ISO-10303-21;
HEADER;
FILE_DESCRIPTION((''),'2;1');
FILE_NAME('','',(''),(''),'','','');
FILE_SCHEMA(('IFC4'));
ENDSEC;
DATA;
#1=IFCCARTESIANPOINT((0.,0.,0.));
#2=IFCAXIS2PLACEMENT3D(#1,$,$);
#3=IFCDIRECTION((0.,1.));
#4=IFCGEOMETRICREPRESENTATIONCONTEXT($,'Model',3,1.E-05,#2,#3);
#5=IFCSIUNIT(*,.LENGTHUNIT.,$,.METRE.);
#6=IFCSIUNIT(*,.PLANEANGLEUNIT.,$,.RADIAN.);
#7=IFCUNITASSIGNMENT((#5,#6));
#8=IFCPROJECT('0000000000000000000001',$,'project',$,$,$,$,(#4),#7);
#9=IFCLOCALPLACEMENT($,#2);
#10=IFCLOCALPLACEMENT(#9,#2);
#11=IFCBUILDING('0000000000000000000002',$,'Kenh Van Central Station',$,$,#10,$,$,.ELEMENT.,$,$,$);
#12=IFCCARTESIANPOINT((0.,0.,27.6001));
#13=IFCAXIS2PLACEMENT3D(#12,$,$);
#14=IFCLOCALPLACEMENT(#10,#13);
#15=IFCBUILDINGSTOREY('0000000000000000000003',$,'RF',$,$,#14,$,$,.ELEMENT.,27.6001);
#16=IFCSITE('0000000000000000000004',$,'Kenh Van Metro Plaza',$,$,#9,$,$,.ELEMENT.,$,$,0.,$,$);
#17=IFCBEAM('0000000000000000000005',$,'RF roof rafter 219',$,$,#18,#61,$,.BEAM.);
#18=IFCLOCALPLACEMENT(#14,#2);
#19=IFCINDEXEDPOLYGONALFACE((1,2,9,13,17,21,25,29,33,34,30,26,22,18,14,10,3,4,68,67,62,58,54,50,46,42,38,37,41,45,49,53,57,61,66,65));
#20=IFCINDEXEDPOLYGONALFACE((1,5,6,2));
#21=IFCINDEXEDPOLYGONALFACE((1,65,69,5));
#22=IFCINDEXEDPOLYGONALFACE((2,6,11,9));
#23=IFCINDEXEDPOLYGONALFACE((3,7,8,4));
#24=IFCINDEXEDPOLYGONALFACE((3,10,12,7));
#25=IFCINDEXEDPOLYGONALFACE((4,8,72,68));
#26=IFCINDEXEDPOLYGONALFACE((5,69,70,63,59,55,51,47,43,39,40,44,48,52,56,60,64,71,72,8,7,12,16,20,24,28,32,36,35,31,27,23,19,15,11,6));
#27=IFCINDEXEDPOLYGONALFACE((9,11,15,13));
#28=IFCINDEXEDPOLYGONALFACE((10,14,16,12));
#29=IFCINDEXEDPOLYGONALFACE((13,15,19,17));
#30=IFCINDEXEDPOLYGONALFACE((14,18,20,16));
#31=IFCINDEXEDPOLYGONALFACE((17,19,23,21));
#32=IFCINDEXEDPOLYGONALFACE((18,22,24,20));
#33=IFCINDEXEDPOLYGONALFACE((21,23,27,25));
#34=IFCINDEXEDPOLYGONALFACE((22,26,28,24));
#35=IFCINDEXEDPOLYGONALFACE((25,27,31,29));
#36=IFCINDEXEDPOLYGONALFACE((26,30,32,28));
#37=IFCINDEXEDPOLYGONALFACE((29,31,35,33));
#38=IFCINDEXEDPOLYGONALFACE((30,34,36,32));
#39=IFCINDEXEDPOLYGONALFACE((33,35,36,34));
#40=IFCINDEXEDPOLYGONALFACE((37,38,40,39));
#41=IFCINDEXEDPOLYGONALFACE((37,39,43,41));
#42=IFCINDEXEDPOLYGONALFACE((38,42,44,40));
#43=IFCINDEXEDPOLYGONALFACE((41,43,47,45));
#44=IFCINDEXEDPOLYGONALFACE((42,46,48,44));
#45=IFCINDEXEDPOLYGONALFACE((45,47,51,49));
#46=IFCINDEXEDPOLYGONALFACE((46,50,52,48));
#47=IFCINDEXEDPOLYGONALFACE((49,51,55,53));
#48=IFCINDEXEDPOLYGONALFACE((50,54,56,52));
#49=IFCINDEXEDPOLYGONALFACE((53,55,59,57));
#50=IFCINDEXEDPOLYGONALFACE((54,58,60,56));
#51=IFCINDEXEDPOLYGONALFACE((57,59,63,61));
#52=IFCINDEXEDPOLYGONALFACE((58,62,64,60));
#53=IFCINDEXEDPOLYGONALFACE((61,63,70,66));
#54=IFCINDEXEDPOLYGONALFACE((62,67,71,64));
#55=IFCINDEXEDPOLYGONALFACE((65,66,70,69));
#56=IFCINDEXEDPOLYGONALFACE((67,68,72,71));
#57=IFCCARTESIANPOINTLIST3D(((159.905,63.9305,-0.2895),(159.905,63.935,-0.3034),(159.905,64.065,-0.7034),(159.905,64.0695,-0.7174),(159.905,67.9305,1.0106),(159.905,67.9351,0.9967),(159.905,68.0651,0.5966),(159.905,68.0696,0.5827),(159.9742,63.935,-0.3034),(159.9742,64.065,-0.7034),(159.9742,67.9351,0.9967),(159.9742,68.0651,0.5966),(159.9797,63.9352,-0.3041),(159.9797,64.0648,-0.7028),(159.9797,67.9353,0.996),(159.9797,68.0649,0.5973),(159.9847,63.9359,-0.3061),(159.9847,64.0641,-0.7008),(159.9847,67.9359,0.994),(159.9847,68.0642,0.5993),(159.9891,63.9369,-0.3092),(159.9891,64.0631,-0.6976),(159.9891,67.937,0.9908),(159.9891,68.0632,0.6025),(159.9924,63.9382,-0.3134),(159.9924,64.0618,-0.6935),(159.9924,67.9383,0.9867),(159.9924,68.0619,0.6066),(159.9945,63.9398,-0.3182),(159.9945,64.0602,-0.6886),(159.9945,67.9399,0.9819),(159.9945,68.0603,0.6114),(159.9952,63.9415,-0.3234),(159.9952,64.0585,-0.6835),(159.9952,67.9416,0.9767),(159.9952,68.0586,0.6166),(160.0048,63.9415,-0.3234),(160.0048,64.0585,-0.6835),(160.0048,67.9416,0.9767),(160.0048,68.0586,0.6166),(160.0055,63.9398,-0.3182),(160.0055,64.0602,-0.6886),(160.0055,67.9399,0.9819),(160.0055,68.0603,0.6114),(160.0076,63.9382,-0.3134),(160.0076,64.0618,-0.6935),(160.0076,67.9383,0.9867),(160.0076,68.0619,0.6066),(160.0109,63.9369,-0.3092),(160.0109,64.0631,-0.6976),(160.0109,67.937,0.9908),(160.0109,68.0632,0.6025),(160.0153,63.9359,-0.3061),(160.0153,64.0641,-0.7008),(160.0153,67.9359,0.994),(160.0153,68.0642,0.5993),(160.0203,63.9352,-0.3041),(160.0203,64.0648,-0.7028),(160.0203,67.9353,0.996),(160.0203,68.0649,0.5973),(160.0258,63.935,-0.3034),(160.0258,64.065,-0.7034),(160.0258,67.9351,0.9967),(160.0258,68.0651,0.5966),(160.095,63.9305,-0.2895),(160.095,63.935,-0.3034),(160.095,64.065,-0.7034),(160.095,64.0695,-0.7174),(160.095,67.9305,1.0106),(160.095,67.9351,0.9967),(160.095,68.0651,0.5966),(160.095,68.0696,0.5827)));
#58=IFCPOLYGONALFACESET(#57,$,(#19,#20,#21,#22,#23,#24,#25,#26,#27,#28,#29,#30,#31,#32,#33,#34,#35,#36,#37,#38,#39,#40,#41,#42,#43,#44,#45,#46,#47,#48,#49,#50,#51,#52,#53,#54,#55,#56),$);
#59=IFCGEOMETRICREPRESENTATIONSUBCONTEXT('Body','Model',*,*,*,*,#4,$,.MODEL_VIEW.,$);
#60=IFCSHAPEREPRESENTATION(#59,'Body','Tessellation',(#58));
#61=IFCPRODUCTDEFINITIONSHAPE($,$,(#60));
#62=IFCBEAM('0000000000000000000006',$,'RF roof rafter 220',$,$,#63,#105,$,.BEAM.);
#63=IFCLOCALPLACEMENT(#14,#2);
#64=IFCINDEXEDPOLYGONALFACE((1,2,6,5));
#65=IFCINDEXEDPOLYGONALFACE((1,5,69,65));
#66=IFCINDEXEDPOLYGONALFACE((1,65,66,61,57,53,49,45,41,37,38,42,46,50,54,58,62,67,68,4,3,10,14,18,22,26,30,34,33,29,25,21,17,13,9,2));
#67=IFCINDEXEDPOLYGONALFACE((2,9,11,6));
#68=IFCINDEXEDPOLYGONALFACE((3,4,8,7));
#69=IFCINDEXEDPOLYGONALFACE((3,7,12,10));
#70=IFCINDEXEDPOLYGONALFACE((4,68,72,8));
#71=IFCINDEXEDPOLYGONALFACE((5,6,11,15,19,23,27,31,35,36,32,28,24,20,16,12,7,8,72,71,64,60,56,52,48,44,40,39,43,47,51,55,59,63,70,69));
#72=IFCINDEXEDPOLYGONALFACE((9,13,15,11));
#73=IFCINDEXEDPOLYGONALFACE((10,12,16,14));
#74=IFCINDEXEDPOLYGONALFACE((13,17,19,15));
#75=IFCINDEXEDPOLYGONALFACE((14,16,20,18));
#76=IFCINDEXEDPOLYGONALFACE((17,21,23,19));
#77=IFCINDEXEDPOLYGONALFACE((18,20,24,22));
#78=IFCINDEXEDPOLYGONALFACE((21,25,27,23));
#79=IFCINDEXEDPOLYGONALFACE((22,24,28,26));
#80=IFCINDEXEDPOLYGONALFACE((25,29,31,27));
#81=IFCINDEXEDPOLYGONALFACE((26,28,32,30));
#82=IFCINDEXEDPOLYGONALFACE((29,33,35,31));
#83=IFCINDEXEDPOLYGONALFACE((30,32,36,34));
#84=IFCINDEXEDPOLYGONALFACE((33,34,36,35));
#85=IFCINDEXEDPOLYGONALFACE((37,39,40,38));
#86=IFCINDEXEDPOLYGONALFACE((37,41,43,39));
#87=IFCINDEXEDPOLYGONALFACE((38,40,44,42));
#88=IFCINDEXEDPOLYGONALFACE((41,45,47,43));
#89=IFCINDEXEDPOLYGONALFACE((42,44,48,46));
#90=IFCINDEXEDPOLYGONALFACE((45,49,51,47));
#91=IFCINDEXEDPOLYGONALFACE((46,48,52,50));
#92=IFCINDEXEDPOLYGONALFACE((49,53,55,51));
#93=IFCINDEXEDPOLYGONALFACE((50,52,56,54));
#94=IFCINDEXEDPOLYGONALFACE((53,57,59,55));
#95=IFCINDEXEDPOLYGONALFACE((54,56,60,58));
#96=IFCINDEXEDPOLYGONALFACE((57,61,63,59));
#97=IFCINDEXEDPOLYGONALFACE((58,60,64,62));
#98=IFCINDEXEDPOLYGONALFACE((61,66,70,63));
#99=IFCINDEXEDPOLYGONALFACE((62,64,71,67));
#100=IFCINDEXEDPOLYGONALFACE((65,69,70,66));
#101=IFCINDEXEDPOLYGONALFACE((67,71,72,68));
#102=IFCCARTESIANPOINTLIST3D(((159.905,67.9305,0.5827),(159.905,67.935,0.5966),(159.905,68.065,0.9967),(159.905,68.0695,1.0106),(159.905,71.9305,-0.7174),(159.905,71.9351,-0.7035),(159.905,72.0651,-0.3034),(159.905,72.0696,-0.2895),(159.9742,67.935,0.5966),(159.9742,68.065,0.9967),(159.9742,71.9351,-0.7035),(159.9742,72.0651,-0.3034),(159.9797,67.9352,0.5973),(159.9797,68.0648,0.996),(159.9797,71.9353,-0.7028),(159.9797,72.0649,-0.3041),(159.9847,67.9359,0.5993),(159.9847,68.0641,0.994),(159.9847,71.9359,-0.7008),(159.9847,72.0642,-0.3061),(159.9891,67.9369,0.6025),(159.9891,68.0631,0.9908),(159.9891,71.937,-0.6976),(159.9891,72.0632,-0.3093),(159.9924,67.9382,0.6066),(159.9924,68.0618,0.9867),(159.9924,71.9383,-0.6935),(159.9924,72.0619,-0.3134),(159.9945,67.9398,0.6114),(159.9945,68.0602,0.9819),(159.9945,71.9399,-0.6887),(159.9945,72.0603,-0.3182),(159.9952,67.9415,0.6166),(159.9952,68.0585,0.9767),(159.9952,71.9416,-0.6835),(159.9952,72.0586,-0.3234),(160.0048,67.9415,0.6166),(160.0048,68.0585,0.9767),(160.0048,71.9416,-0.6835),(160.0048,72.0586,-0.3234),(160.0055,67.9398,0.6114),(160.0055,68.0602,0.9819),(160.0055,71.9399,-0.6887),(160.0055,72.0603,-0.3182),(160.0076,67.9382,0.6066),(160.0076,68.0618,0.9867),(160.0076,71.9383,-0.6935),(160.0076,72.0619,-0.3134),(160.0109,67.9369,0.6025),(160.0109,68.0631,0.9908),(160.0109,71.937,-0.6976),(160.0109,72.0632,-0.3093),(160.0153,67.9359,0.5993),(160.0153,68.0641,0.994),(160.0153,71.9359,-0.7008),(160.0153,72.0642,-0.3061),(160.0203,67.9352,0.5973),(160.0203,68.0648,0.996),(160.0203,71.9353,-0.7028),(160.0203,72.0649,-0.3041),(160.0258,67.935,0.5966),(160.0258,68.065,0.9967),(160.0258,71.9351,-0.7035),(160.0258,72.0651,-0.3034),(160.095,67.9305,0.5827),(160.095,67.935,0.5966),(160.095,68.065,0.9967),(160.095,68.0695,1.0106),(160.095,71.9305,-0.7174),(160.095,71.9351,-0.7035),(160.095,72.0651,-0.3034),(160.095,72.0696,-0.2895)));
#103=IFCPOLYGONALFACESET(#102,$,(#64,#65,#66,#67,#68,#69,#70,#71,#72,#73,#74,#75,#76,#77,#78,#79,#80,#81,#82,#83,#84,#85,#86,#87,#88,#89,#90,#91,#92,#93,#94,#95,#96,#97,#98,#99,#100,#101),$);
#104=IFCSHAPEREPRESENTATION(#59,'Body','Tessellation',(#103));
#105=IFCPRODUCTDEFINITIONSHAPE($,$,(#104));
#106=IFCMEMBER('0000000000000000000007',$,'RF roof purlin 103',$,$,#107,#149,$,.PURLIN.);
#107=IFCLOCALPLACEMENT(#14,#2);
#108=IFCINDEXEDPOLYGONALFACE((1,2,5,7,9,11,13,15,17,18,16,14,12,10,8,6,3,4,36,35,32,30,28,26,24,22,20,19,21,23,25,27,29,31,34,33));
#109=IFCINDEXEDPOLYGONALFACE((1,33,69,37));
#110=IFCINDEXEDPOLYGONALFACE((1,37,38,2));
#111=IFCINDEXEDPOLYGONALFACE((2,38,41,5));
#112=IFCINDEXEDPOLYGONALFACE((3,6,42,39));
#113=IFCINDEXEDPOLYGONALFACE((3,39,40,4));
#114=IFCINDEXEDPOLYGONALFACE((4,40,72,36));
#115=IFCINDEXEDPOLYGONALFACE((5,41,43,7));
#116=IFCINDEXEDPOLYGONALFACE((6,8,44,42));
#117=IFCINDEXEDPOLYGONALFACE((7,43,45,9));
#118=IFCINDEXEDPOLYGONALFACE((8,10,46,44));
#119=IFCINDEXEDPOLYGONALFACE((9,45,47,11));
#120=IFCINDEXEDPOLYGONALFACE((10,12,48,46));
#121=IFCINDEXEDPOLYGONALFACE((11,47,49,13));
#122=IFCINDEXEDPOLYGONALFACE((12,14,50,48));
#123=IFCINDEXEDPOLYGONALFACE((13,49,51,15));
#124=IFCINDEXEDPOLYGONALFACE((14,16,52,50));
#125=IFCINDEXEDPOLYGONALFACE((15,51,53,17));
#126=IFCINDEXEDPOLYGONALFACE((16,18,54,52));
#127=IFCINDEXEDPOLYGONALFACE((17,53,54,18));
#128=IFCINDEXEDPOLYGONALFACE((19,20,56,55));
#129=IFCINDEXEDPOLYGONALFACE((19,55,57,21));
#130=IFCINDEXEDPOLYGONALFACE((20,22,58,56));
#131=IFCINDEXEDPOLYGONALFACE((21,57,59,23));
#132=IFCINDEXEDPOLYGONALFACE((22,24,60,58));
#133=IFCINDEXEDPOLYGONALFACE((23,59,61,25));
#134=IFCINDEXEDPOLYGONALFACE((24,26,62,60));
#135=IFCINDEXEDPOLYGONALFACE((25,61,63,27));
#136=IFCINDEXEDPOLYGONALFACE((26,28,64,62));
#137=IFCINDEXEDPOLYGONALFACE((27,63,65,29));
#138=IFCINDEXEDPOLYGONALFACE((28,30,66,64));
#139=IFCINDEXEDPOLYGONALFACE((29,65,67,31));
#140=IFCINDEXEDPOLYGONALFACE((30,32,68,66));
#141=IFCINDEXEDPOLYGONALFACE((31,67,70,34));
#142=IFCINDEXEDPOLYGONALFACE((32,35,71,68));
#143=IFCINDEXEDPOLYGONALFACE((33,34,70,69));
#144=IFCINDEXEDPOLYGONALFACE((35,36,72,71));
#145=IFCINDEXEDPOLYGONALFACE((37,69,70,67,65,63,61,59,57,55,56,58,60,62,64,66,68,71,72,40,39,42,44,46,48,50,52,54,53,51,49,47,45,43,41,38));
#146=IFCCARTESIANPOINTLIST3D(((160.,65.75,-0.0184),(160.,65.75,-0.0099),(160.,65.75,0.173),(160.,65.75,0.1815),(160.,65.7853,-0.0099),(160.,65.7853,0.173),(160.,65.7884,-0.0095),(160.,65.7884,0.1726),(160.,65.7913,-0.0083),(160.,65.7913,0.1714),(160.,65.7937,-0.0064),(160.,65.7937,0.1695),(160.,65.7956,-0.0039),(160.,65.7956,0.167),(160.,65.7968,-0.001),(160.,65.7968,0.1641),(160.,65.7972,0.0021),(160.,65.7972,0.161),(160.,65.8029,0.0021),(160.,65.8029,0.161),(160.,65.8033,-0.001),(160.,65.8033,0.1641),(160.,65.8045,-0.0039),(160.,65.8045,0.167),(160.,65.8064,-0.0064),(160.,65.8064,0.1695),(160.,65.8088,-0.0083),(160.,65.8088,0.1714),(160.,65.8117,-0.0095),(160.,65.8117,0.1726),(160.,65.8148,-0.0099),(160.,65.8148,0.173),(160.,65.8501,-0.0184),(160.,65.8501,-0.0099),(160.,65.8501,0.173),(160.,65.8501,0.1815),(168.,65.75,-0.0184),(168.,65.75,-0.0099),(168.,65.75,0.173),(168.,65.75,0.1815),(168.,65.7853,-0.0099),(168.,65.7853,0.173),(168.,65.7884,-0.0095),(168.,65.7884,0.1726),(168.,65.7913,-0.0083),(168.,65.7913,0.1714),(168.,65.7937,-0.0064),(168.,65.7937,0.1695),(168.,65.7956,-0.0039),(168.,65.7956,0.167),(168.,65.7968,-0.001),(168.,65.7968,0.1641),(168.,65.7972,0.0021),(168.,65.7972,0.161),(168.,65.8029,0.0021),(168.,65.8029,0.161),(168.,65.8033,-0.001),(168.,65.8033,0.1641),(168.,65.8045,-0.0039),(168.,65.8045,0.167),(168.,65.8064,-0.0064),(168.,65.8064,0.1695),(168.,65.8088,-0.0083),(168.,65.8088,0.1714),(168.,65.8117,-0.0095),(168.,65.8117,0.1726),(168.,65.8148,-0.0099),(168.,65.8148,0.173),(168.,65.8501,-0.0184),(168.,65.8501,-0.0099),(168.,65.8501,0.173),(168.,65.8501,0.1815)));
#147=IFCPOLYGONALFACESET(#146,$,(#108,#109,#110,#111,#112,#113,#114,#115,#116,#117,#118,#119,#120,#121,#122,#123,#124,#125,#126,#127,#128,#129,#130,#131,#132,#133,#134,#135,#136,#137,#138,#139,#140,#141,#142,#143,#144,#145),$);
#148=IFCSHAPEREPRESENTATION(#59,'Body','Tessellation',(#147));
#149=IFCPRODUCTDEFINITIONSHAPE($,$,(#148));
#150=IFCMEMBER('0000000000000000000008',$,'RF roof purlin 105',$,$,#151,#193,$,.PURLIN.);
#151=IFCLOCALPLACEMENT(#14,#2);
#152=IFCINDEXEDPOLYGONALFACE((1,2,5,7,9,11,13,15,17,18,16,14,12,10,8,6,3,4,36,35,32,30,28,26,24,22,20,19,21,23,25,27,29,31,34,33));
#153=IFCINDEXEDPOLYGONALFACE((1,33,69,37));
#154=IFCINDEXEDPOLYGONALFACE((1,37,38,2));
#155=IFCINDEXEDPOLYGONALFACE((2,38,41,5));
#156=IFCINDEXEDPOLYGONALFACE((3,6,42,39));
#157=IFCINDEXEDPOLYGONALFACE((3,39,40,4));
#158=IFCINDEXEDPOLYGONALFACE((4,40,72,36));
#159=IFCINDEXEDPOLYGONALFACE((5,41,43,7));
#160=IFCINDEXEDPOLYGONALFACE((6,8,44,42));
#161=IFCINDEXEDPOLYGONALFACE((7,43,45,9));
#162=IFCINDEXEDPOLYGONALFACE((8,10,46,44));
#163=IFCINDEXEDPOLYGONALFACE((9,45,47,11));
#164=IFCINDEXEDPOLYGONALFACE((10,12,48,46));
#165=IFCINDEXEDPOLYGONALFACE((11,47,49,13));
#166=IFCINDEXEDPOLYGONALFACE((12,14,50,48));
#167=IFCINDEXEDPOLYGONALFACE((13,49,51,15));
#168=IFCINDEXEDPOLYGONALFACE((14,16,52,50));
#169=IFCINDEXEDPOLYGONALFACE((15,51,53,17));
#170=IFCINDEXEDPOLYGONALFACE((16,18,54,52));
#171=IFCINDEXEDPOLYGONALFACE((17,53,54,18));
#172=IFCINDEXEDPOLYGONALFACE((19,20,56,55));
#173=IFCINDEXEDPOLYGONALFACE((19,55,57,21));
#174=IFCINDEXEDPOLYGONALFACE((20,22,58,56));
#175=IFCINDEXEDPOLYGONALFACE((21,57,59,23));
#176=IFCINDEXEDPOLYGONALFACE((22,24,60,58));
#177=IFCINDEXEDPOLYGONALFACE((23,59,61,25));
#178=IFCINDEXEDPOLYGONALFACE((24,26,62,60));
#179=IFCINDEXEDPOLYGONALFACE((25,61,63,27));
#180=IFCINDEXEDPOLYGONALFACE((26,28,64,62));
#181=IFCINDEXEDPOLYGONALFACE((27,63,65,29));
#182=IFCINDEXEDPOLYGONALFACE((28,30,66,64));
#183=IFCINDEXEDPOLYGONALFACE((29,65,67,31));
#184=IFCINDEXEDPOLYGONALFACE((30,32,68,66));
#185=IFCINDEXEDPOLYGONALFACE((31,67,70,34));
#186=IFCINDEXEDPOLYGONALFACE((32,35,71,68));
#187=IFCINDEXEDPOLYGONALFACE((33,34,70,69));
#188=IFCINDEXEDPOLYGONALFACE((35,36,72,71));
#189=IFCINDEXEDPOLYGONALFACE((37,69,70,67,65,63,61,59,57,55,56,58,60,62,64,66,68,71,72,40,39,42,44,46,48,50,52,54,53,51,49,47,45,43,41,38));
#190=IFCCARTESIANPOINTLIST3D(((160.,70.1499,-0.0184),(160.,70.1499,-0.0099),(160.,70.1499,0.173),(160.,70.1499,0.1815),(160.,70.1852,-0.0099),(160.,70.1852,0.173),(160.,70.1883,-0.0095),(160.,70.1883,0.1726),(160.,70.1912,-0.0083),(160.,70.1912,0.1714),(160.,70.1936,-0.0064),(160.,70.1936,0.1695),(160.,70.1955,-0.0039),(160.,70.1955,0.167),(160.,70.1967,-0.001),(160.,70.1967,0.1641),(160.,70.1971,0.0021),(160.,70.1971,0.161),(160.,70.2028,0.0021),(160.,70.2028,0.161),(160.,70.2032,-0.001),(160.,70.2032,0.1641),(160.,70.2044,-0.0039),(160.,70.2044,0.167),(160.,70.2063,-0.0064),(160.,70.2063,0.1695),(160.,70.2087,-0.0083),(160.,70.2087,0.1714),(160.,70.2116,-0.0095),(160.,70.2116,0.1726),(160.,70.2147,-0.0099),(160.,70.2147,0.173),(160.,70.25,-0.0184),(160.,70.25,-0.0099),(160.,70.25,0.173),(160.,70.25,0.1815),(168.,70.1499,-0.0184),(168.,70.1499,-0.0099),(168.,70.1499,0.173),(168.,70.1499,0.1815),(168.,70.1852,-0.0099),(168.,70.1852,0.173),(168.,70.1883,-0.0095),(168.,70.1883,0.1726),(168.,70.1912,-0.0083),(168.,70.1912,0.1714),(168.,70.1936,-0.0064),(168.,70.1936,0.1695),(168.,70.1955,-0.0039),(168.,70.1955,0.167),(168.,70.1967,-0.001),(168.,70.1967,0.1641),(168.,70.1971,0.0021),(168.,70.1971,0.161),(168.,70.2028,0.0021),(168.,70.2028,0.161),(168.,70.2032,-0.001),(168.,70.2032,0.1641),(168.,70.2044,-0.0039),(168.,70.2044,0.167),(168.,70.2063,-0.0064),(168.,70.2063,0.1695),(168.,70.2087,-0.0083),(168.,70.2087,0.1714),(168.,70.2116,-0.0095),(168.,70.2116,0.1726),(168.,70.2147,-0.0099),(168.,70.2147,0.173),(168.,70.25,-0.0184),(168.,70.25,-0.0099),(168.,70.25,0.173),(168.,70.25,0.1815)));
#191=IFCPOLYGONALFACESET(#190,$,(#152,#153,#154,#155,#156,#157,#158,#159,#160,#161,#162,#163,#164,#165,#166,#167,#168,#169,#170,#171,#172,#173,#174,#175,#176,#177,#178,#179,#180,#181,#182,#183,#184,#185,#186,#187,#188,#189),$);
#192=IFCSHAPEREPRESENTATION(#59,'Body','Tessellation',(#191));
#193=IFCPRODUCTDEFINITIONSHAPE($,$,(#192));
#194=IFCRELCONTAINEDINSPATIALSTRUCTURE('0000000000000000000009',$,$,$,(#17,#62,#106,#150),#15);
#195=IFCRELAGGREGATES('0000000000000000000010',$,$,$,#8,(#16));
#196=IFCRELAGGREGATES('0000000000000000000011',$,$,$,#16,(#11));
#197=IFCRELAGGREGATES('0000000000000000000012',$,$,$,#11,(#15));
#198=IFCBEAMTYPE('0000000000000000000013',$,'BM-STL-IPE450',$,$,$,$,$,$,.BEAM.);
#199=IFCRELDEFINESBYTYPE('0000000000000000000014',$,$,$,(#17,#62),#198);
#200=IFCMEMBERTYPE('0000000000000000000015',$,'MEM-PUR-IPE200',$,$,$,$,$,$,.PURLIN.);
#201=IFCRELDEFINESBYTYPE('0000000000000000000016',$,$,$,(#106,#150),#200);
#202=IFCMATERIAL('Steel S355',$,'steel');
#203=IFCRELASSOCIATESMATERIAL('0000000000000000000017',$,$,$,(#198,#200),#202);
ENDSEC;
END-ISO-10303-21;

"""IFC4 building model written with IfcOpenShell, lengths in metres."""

from ifc_helpers import new_model, si_unit, direction, frame, origin, origin_2d, place, context, subcontext, project, spatial, i_section, extrude, material, material_profile, profile_set, type_object, element, save


model = new_model("IFC4")

# Units and contexts
model_context = context("Model", 3, precision=1e-05, world=origin(), true_north=direction((0.0, 1.0)))
body_context = subcontext(model_context, "Body", "Model", "MODEL_VIEW")
ifc_project = project(units=[si_unit("LENGTHUNIT", "METRE"), si_unit("PLANEANGLEUNIT", "RADIAN")], contexts=[model_context])

# Site, building, storey
site_placement = place(None, origin())
site = spatial("IfcSite", under=ifc_project, at=site_placement, Name="Kenh Van Metro Plaza", CompositionType="ELEMENT", RefElevation=0.0)
building_placement = place(site_placement, origin())
building = spatial("IfcBuilding", under=site, at=building_placement, Name="Kenh Van Central Station", CompositionType="ELEMENT")
storey_placement = place(building_placement, frame((0.0, 0.0, 27.6001)))
storey = spatial("IfcBuildingStorey", under=building, at=storey_placement, Name="RF", CompositionType="ELEMENT", Elevation=27.6001)

# Beams
ifc_material_1 = material(Name="Steel S355", Category="steel")
ifc_material_profile_1 = material_profile(ifc_material_1, i_section(OverallWidth=0.1899, OverallDepth=0.45, WebThickness=0.0095, FlangeThickness=0.0146, FilletRadius=0.021, at=origin_2d()), Name="IPE 450")
ifc_profile_set_1 = profile_set([ifc_material_profile_1], Name="Steel S355")
beam_type = type_object("IfcBeamType", Name="BM-STL-IPE450", PredefinedType="BEAM", material=ifc_profile_set_1)
for number, where, z_axis, x_axis, name in (
    (1, (160.0, 64.0, -0.5034), (0.0, 0.951031, 0.309097), (-1.0, 0.0, 0.0), "RF roof rafter 219"),
    (2, (160.0, 68.0, 0.7966), (0.0, 0.951031, -0.309097), (-1.0, 0.0, 0.0), "RF roof rafter 220"),
):
    element("IfcBeam", number, at=place(storey_placement, frame(where, z_axis=z_axis, x_axis=x_axis)), inside=storey, type_object=beam_type, Name=name, PredefinedType="BEAM", context=body_context, shape_type="SweptSolid", body=[
        extrude(i_section(OverallWidth=0.1899, OverallDepth=0.45, WebThickness=0.0095, FlangeThickness=0.0146, FilletRadius=0.021, at=origin_2d()), origin(), (0.0, 0.0, 1.0), 4.2061),
    ])

# Members
ifc_material_profile_2 = material_profile(ifc_material_1, i_section(OverallWidth=0.1001, OverallDepth=0.2, WebThickness=0.0056, FlangeThickness=0.0085, FilletRadius=0.012, at=origin_2d()), Name="IPE 200")
ifc_profile_set_2 = profile_set([ifc_material_profile_2], Name="Steel S355")
member_type_1 = type_object("IfcMemberType", Name="MEM-PUR-IPE200", PredefinedType="PURLIN", material=ifc_profile_set_2)
for number, where, z_axis, x_axis, name in (
    (3, (160.0, 65.8, 0.0815), (1.0, 0.0, 0.0), (0.0, 1.0, 0.0), "RF roof purlin 103"),
    (4, (160.0, 70.2, 0.0815), (1.0, 0.0, 0.0), (0.0, 1.0, 0.0), "RF roof purlin 105"),
):
    element("IfcMember", number, at=place(storey_placement, frame(where, z_axis=z_axis, x_axis=x_axis)), inside=storey, type_object=member_type_1, Name=name, PredefinedType="PURLIN", context=body_context, shape_type="SweptSolid", body=[
        extrude(i_section(OverallWidth=0.1001, OverallDepth=0.2, WebThickness=0.0056, FlangeThickness=0.0085, FilletRadius=0.012, at=origin_2d()), origin(), (0.0, 0.0, 1.0), 8.0),
    ])

save(model, "model.ifc")
